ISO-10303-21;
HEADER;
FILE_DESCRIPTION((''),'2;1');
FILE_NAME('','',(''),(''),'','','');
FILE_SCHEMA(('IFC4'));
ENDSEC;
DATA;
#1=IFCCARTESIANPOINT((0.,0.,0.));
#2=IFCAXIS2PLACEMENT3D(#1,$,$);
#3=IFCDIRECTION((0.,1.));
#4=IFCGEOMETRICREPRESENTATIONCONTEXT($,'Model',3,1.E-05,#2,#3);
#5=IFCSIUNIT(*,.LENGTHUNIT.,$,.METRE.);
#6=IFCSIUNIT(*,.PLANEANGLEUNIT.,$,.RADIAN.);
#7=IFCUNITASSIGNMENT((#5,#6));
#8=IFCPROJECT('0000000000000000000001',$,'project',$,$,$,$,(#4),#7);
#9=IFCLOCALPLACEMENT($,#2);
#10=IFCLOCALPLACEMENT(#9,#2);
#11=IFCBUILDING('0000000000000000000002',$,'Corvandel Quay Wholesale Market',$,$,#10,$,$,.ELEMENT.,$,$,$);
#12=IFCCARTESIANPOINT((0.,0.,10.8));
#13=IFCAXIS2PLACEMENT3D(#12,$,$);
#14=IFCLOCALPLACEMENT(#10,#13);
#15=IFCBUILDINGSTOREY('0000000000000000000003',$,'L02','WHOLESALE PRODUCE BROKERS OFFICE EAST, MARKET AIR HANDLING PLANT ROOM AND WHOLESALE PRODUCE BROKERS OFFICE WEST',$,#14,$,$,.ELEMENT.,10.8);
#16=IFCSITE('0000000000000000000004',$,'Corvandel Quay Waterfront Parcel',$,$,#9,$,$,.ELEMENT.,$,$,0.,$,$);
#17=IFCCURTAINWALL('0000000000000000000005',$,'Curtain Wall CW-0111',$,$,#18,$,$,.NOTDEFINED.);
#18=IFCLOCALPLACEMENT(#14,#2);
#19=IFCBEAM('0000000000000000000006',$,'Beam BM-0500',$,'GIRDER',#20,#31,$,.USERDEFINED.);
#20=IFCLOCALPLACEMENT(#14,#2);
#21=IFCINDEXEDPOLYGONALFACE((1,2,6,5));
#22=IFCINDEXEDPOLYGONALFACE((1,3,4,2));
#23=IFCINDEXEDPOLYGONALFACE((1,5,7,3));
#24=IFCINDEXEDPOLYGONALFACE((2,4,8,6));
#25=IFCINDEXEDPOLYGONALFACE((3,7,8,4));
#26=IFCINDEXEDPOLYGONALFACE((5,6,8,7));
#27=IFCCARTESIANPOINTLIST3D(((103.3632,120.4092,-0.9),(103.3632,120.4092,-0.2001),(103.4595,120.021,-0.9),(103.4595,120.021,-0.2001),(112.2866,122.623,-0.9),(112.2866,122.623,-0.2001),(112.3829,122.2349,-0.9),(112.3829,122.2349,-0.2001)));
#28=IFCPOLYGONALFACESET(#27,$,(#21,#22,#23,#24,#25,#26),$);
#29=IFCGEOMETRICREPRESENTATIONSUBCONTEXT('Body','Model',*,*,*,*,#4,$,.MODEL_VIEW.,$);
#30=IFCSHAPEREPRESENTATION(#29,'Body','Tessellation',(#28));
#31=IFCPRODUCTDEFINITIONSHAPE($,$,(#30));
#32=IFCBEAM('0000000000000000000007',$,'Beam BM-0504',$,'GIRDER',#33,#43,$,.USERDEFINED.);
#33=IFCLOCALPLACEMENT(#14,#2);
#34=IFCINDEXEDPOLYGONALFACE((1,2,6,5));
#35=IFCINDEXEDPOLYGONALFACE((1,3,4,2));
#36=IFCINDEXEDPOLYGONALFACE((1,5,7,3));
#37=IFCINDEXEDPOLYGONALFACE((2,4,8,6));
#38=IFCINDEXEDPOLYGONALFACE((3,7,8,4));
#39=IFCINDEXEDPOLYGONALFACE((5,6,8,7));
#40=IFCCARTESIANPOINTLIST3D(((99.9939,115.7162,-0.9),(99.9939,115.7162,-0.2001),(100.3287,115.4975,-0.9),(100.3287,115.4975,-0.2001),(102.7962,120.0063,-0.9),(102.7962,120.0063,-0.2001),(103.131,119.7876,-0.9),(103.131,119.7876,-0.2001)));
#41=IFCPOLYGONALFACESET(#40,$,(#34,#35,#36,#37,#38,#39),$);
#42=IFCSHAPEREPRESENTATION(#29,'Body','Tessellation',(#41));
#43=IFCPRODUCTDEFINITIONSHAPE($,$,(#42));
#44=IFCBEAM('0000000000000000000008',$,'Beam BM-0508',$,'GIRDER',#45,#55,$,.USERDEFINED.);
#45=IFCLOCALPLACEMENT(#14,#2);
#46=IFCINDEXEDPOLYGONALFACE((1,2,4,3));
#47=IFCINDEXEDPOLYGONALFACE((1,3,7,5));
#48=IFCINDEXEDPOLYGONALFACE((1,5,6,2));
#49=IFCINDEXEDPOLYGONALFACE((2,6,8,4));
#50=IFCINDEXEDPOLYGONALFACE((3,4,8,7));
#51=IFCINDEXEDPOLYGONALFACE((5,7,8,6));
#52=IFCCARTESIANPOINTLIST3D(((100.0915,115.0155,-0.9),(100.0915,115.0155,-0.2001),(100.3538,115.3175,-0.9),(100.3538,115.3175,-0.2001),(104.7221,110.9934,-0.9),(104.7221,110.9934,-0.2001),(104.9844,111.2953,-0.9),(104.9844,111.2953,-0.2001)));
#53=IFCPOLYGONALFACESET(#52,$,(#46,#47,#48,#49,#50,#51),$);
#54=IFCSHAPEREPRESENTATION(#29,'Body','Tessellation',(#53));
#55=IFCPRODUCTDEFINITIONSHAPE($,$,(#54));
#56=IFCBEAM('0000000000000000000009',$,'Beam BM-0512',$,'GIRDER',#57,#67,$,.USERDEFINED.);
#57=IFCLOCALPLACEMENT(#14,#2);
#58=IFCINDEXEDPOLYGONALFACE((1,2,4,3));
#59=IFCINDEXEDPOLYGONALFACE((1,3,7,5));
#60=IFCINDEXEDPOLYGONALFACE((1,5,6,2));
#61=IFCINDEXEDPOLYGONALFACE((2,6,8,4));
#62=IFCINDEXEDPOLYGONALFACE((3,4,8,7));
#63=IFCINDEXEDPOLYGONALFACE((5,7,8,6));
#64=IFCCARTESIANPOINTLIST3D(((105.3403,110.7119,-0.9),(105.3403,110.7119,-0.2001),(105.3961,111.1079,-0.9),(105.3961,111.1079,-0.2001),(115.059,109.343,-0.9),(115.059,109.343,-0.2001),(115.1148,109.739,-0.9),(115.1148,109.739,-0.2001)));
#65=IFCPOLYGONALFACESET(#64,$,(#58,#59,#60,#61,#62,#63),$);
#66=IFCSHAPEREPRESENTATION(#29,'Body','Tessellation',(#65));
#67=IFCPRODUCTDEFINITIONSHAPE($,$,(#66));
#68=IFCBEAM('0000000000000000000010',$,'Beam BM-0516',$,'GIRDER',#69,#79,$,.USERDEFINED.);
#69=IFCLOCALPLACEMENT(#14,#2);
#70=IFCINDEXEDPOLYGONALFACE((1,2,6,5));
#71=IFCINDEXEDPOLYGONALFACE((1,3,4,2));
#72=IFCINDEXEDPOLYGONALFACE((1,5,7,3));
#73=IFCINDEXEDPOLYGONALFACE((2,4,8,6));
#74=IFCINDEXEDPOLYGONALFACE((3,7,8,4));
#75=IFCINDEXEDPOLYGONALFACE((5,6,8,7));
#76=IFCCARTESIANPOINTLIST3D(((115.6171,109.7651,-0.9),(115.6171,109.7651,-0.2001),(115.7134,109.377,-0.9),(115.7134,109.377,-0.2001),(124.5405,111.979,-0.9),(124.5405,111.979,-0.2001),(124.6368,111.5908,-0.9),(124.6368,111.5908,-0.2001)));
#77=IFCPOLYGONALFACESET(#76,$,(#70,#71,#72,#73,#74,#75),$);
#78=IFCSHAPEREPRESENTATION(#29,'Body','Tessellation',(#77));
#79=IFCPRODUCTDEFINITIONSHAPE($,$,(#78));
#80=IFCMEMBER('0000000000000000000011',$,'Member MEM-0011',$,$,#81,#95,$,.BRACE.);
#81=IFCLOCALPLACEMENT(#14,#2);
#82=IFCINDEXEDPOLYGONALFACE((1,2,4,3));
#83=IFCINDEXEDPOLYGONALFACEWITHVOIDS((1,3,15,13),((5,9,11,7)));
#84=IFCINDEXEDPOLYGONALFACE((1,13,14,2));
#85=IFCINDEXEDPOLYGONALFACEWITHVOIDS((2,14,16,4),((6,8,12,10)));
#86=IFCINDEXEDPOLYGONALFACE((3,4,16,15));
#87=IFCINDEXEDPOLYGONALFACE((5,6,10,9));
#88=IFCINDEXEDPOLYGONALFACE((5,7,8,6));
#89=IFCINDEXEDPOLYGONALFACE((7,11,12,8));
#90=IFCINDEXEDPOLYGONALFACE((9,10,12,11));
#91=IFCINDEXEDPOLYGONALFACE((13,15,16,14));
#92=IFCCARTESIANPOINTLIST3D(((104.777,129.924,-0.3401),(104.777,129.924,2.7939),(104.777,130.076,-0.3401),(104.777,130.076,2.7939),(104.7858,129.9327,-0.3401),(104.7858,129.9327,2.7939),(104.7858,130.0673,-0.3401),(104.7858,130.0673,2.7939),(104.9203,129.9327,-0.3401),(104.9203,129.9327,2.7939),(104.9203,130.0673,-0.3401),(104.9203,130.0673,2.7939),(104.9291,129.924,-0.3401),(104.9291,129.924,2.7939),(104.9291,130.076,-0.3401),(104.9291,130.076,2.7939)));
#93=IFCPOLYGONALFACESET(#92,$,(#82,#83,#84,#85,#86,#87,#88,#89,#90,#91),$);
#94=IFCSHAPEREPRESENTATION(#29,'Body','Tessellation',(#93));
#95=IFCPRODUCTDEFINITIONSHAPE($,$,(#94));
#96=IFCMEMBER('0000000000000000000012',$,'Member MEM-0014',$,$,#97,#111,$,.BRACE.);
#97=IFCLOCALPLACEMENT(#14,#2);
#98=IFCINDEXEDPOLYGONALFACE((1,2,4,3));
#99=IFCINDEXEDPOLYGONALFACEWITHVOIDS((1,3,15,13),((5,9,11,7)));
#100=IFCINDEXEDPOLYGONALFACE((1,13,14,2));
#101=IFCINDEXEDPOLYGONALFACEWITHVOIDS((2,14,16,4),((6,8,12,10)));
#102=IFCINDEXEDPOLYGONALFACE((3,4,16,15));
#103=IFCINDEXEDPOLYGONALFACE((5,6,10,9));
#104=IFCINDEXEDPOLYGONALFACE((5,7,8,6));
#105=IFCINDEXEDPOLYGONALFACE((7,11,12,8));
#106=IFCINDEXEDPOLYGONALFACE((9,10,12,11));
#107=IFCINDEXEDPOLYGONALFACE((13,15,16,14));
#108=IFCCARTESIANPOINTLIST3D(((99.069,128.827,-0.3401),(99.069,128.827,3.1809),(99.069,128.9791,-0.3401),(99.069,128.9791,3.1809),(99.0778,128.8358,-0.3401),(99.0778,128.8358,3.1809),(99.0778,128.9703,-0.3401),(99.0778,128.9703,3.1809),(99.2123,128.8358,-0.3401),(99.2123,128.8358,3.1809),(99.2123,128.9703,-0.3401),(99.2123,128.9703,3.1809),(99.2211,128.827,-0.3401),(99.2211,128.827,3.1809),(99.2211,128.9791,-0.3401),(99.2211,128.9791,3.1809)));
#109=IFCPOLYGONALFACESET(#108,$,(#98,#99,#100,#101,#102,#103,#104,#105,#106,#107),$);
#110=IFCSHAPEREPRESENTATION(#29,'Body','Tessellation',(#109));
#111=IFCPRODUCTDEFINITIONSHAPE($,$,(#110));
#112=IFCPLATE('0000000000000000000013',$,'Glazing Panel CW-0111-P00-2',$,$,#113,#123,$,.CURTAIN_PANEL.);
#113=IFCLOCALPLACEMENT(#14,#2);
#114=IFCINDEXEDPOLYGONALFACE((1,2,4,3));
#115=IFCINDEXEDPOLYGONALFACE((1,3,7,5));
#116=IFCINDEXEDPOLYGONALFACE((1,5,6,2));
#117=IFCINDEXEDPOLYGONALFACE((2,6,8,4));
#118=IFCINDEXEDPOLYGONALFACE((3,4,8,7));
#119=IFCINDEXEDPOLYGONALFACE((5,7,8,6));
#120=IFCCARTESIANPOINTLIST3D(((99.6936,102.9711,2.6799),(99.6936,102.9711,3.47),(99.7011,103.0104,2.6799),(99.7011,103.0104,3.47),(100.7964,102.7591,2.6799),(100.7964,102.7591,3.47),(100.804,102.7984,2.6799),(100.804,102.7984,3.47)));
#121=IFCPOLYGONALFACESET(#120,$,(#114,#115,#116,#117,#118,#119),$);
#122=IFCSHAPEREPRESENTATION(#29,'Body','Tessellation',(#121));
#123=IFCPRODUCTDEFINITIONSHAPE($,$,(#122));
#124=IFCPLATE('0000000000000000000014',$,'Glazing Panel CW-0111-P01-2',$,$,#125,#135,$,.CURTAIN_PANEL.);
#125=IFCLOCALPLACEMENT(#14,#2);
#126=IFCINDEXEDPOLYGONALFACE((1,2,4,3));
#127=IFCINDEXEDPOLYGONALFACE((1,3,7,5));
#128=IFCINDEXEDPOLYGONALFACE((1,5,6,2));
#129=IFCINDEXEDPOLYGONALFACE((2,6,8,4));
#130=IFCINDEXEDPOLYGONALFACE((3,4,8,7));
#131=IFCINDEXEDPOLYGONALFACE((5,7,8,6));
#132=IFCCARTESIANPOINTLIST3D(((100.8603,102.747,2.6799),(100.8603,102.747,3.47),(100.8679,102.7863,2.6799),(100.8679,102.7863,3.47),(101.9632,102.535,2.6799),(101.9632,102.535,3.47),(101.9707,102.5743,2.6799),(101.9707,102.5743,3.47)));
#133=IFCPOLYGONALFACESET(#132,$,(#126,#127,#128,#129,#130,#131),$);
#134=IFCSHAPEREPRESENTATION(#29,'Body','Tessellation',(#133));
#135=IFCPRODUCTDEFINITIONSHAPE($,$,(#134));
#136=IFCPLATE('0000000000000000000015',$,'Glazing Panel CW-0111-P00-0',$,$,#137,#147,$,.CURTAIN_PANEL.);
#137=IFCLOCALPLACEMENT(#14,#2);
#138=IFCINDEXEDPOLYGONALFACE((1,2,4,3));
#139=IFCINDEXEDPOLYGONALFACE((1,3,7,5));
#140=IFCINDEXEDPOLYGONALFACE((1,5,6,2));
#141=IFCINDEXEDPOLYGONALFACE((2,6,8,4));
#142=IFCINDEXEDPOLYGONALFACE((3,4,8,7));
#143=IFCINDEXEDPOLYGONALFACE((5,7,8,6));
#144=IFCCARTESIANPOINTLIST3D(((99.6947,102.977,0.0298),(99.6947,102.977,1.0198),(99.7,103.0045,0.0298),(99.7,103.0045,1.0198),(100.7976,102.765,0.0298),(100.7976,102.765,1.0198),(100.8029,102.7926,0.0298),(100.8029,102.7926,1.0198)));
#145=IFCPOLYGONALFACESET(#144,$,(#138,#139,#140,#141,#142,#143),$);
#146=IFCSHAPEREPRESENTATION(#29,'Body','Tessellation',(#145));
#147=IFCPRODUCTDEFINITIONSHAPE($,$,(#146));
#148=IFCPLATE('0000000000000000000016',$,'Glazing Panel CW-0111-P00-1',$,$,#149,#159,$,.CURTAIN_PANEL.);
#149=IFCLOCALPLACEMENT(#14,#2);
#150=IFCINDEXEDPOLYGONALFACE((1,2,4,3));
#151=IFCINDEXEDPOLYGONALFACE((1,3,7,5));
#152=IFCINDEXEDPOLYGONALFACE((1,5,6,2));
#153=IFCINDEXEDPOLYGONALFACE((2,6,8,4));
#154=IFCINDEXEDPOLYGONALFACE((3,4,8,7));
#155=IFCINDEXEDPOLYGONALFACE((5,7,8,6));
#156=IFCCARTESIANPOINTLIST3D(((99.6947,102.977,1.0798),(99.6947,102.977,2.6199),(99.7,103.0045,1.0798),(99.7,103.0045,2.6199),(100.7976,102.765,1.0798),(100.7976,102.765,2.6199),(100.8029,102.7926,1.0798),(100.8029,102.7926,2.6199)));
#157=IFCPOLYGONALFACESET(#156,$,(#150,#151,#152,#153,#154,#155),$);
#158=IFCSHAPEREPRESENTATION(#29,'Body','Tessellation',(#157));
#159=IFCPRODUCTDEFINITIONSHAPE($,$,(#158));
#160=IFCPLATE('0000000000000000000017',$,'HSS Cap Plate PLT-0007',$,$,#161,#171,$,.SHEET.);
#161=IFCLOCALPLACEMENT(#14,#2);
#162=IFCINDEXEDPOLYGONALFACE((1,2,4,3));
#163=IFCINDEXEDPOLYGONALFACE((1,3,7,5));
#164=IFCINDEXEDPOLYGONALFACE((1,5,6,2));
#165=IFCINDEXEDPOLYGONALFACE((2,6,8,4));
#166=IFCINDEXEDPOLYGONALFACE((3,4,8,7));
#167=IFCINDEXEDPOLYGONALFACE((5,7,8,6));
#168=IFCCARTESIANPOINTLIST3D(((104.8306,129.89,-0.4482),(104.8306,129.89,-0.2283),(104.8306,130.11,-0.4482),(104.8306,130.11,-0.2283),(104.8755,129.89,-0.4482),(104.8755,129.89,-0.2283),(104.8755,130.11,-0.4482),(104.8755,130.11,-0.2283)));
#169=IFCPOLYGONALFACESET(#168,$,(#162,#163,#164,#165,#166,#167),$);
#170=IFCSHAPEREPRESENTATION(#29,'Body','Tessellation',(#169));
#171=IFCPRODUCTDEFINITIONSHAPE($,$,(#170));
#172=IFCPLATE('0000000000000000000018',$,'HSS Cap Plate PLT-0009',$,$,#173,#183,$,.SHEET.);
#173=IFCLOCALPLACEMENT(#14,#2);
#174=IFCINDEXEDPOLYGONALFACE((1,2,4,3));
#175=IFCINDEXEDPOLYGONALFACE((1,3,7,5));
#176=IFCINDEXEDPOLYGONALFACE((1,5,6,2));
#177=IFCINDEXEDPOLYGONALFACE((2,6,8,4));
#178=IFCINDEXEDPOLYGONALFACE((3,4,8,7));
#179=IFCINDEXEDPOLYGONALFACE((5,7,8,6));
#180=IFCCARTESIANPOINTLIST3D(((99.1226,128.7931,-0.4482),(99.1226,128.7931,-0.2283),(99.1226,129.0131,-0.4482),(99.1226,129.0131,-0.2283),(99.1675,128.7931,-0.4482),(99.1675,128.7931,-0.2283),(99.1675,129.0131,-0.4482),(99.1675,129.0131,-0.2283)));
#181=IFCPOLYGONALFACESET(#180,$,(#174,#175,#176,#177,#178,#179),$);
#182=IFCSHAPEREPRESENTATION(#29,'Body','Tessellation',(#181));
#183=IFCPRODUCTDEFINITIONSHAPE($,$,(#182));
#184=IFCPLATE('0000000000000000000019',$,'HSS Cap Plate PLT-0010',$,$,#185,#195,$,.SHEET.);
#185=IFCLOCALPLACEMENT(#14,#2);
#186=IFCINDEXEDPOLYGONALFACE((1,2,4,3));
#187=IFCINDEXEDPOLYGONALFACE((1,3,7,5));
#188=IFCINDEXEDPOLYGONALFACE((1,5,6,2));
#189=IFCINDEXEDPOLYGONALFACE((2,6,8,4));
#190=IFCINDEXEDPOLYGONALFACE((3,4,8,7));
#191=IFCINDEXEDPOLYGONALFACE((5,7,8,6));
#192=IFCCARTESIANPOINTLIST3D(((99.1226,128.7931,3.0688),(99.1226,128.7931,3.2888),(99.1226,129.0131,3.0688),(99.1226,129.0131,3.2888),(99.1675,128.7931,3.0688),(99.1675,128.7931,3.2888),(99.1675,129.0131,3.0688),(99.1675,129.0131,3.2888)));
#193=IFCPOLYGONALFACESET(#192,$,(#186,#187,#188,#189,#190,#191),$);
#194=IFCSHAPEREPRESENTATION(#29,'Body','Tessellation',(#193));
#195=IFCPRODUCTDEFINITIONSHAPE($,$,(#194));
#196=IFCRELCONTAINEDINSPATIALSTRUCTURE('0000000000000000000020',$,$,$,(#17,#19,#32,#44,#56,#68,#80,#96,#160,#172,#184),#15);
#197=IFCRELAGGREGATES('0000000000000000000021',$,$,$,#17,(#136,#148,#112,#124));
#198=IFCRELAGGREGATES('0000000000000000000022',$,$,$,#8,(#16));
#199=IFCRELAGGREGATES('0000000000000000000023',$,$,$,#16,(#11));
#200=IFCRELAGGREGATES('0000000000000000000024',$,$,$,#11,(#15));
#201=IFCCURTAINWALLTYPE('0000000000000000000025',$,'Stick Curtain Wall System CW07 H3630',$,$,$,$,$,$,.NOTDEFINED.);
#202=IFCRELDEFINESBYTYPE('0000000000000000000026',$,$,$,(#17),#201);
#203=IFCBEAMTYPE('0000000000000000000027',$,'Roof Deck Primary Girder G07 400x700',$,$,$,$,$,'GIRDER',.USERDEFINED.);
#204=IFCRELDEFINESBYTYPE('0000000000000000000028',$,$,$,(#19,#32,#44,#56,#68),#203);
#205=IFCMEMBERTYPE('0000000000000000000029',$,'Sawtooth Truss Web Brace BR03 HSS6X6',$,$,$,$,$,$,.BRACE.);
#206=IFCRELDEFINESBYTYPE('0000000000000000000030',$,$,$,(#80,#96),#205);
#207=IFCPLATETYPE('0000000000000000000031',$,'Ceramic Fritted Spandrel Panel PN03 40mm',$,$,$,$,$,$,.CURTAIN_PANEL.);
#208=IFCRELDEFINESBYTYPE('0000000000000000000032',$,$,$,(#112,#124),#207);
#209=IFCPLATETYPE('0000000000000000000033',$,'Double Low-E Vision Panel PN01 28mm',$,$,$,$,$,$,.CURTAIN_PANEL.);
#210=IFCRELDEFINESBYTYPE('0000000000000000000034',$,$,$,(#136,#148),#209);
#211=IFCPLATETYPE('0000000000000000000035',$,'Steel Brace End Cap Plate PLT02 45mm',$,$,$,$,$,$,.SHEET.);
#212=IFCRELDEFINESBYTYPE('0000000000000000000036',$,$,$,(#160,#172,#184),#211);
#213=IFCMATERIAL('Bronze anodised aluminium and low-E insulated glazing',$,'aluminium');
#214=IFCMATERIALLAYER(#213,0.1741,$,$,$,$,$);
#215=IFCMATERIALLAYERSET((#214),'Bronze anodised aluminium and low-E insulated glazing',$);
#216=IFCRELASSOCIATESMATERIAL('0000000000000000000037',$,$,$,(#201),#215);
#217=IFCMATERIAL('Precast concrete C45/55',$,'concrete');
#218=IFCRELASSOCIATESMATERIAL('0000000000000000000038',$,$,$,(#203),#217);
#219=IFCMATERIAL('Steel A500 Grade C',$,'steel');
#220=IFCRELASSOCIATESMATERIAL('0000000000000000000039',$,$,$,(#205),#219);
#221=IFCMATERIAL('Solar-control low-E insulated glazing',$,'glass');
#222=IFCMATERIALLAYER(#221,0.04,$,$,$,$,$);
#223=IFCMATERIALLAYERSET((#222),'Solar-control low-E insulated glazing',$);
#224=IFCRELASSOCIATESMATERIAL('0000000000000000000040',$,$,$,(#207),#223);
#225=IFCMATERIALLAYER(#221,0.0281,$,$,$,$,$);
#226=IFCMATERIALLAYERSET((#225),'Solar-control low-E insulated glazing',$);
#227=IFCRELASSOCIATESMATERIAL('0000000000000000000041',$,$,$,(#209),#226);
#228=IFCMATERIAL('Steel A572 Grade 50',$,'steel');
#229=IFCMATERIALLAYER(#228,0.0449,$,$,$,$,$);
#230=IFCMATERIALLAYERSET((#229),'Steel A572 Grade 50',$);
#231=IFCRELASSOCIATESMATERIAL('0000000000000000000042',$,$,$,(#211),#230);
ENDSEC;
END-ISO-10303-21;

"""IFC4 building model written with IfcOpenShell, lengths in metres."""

from ifc_helpers import new_model, si_unit, direction, frame, origin, origin_2d, place, context, subcontext, project, spatial, rectangle, hollow_rectangle, extrude, material, layer, layer_set, material_profile, profile_set, type_object, element, aggregate, save


model = new_model("IFC4")

# Units and contexts
model_context = context("Model", 3, precision=1e-05, world=origin(), true_north=direction((0.0, 1.0)))
body_context = subcontext(model_context, "Body", "Model", "MODEL_VIEW")
ifc_project = project(units=[si_unit("LENGTHUNIT", "METRE"), si_unit("PLANEANGLEUNIT", "RADIAN")], contexts=[model_context])

# Site, building, storey
site_placement = place(None, origin())
site = spatial("IfcSite", under=ifc_project, at=site_placement, Name="Corvandel Quay Waterfront Parcel", CompositionType="ELEMENT", RefElevation=0.0)
building_placement = place(site_placement, origin())
building = spatial("IfcBuilding", under=site, at=building_placement, Name="Corvandel Quay Wholesale Market", CompositionType="ELEMENT")
storey_placement = place(building_placement, frame((0.0, 0.0, 10.8)))
storey = spatial("IfcBuildingStorey", under=building, at=storey_placement, Name="L02", Description="WHOLESALE PRODUCE BROKERS OFFICE EAST, MARKET AIR HANDLING PLANT ROOM AND WHOLESALE PRODUCE BROKERS OFFICE WEST", CompositionType="ELEMENT", Elevation=10.8)

# Shared definitions
ifc_material_1 = material(Name="Precast concrete C45/55", Category="concrete")

# Curtain wall
ifc_material_2 = material(Name="Bronze anodised aluminium and low-E insulated glazing", Category="aluminium")
ifc_layer_1 = layer(ifc_material_2, 0.1741)
ifc_layer_set_1 = layer_set([ifc_layer_1], Name="Bronze anodised aluminium and low-E insulated glazing")
curtain_wall_type = type_object("IfcCurtainWallType", Name="Stick Curtain Wall System CW07 H3630", PredefinedType="NOTDEFINED", material=ifc_layer_set_1)
curtain_wall_placement = place(storey_placement, origin())
curtain_wall = element("IfcCurtainWall", 1, at=curtain_wall_placement, inside=storey, type_object=curtain_wall_type, Name="Curtain Wall CW-0111", PredefinedType="NOTDEFINED")

# Beams
ifc_material_profile_1 = material_profile(ifc_material_1, rectangle(XDim=0.3999, YDim=0.7, at=origin_2d()), Name="PC-GIR-400x700")
ifc_profile_set_1 = profile_set([ifc_material_profile_1], Name="Precast concrete C45/55")
beam_type_1 = type_object("IfcBeamType", Name="Roof Deck Primary Girder G07 400x700", ElementType="GIRDER", PredefinedType="USERDEFINED", material=ifc_profile_set_1)
beam_1_placement = place(storey_placement, frame((112.3347, 122.429, -0.55), z_axis=(-0.970575, -0.240798, 0.0), x_axis=(0.240798, -0.970575, 0.0)))
element("IfcBeam", 2, at=beam_1_placement, inside=storey, type_object=beam_type_1, Name="Beam BM-0500", ObjectType="GIRDER", PredefinedType="USERDEFINED", context=body_context, shape_type="SweptSolid", body=[
    extrude(rectangle(XDim=0.3999, YDim=0.7, at=origin_2d()), origin(), (0.0, 0.0, 1.0), 9.1938),
])
beam_2_placement = place(storey_placement, frame((102.9636, 119.897, -0.55), z_axis=(-0.546869, -0.837218, 0.0), x_axis=(0.837218, -0.546869, 0.0)))
element("IfcBeam", 3, at=beam_2_placement, inside=storey, type_object=beam_type_1, Name="Beam BM-0504", ObjectType="GIRDER", PredefinedType="USERDEFINED", context=body_context, shape_type="SweptSolid", body=[
    extrude(rectangle(XDim=0.3999, YDim=0.7, at=origin_2d()), origin(), (0.0, 0.0, 1.0), 5.1243),
])
beam_3_placement = place(storey_placement, frame((100.2227, 115.1665, -0.55), z_axis=(0.754961, -0.65577, 0.0), x_axis=(0.65577, 0.754961, 0.0)))
element("IfcBeam", 4, at=beam_3_placement, inside=storey, type_object=beam_type_1, Name="Beam BM-0508", ObjectType="GIRDER", PredefinedType="USERDEFINED", context=body_context, shape_type="SweptSolid", body=[
    extrude(rectangle(XDim=0.3999, YDim=0.7, at=origin_2d()), origin(), (0.0, 0.0, 1.0), 6.1335),
])
beam_4_placement = place(storey_placement, frame((105.3682, 110.9099, -0.55), z_axis=(0.990226, -0.139474, 0.0), x_axis=(0.139474, 0.990226, 0.0)))
element("IfcBeam", 5, at=beam_4_placement, inside=storey, type_object=beam_type_1, Name="Beam BM-0512", ObjectType="GIRDER", PredefinedType="USERDEFINED", context=body_context, shape_type="SweptSolid", body=[
    extrude(rectangle(XDim=0.3999, YDim=0.7, at=origin_2d()), origin(), (0.0, 0.0, 1.0), 9.8147),
])
beam_5_placement = place(storey_placement, frame((115.6653, 109.571, -0.55), z_axis=(0.970575, 0.240798, 0.0), x_axis=(-0.240798, 0.970575, 0.0)))
element("IfcBeam", 6, at=beam_5_placement, inside=storey, type_object=beam_type_1, Name="Beam BM-0516", ObjectType="GIRDER", PredefinedType="USERDEFINED", context=body_context, shape_type="SweptSolid", body=[
    extrude(rectangle(XDim=0.3999, YDim=0.7, at=origin_2d()), origin(), (0.0, 0.0, 1.0), 9.1938),
])

# Members
ifc_material_3 = material(Name="Steel A500 Grade C", Category="steel")
ifc_material_profile_2 = material_profile(ifc_material_3, hollow_rectangle(XDim=0.1521, YDim=0.1521, WallThickness=0.0088, at=origin_2d()), Name="HSS6X6X3/8")
ifc_profile_set_2 = profile_set([ifc_material_profile_2], Name="Steel A500 Grade C")
member_type_1 = type_object("IfcMemberType", Name="Sawtooth Truss Web Brace BR03 HSS6X6", PredefinedType="BRACE", material=ifc_profile_set_2)
member_1_placement = place(storey_placement, frame((104.853, 130.0, -0.3401), z_axis=(0.0, 0.0, 1.0), x_axis=(1.0, 0.0, 0.0)))
element("IfcMember", 7, at=member_1_placement, inside=storey, type_object=member_type_1, Name="Member MEM-0011", PredefinedType="BRACE", context=body_context, shape_type="SweptSolid", body=[
    extrude(hollow_rectangle(XDim=0.1521, YDim=0.1521, WallThickness=0.0088, at=origin_2d()), origin(), (0.0, 0.0, 1.0), 3.134),
])
member_2_placement = place(storey_placement, frame((99.145, 128.9031, -0.3401), z_axis=(0.0, 0.0, 1.0), x_axis=(1.0, 0.0, 0.0)))
element("IfcMember", 8, at=member_2_placement, inside=storey, type_object=member_type_1, Name="Member MEM-0014", PredefinedType="BRACE", context=body_context, shape_type="SweptSolid", body=[
    extrude(hollow_rectangle(XDim=0.1521, YDim=0.1521, WallThickness=0.0088, at=origin_2d()), origin(), (0.0, 0.0, 1.0), 3.521),
])

# Plates
ifc_material_4 = material(Name="Solar-control low-E insulated glazing", Category="glass")
ifc_layer_2 = layer(ifc_material_4, 0.04)
ifc_layer_set_2 = layer_set([ifc_layer_2], Name="Solar-control low-E insulated glazing")
plate_type_1 = type_object("IfcPlateType", Name="Ceramic Fritted Spandrel Panel PN03 40mm", PredefinedType="CURTAIN_PANEL", material=ifc_layer_set_2)
plate_1_placement = place(storey_placement, frame((100.2488, 102.8848, 2.6799), z_axis=(0.0, 0.0, 1.0), x_axis=(-0.982025, 0.188753, 0.0)))
plate_1 = element("IfcPlate", 9, at=plate_1_placement, type_object=plate_type_1, Name="Glazing Panel CW-0111-P00-2", PredefinedType="CURTAIN_PANEL", context=body_context, shape_type="SweptSolid", body=[
    extrude(rectangle(XDim=1.123, YDim=0.04, at=origin_2d()), origin(), (0.0, 0.0, 1.0), 0.79),
])
plate_2_placement = place(storey_placement, frame((101.4155, 102.6606, 2.6799), z_axis=(0.0, 0.0, 1.0), x_axis=(-0.982025, 0.188753, 0.0)))
plate_2 = element("IfcPlate", 10, at=plate_2_placement, type_object=plate_type_1, Name="Glazing Panel CW-0111-P01-2", PredefinedType="CURTAIN_PANEL", context=body_context, shape_type="SweptSolid", body=[
    extrude(rectangle(XDim=1.123, YDim=0.04, at=origin_2d()), origin(), (0.0, 0.0, 1.0), 0.79),
])
ifc_layer_3 = layer(ifc_material_4, 0.0281)
ifc_layer_set_3 = layer_set([ifc_layer_3], Name="Solar-control low-E insulated glazing")
plate_type_2 = type_object("IfcPlateType", Name="Double Low-E Vision Panel PN01 28mm", PredefinedType="CURTAIN_PANEL", material=ifc_layer_set_3)
plate_3_placement = place(storey_placement, frame((100.2488, 102.8848, 0.0298), z_axis=(0.0, 0.0, 1.0), x_axis=(-0.982025, 0.188753, 0.0)))
plate_3 = element("IfcPlate", 11, at=plate_3_placement, type_object=plate_type_2, Name="Glazing Panel CW-0111-P00-0", PredefinedType="CURTAIN_PANEL", context=body_context, shape_type="SweptSolid", body=[
    extrude(rectangle(XDim=1.123, YDim=0.0281, at=origin_2d()), origin(), (0.0, 0.0, 1.0), 0.99),
])
plate_4_placement = place(storey_placement, frame((100.2488, 102.8848, 1.0798), z_axis=(0.0, 0.0, 1.0), x_axis=(-0.982025, 0.188753, 0.0)))
plate_4 = element("IfcPlate", 12, at=plate_4_placement, type_object=plate_type_2, Name="Glazing Panel CW-0111-P00-1", PredefinedType="CURTAIN_PANEL", context=body_context, shape_type="SweptSolid", body=[
    extrude(rectangle(XDim=1.123, YDim=0.0281, at=origin_2d()), origin(), (0.0, 0.0, 1.0), 1.54),
])
aggregate(curtain_wall, [plate_3, plate_4, plate_1, plate_2])

# Plates
ifc_material_5 = material(Name="Steel A572 Grade 50", Category="steel")
ifc_layer_4 = layer(ifc_material_5, 0.0449)
ifc_layer_set_4 = layer_set([ifc_layer_4], Name="Steel A572 Grade 50")
plate_type_3 = type_object("IfcPlateType", Name="Steel Brace End Cap Plate PLT02 45mm", PredefinedType="SHEET", material=ifc_layer_set_4)
for number, where, z_axis, x_axis, name in (
    (13, (104.853, 130.0, -0.4482), (0.0, 0.0, 1.0), (0.0, 1.0, 0.0), "HSS Cap Plate PLT-0007"),
    (14, (99.145, 128.9031, -0.4482), (0.0, 0.0, 1.0), (0.0, 1.0, 0.0), "HSS Cap Plate PLT-0009"),
    (15, (99.145, 128.9031, 3.0688), (0.0, 0.0, 1.0), (0.0, 1.0, 0.0), "HSS Cap Plate PLT-0010"),
):
    element("IfcPlate", number, at=place(storey_placement, frame(where, z_axis=z_axis, x_axis=x_axis)), inside=storey, type_object=plate_type_3, Name=name, PredefinedType="SHEET", context=body_context, shape_type="SweptSolid", body=[
        extrude(rectangle(XDim=0.22, YDim=0.0449, at=origin_2d()), origin(), (0.0, 0.0, 1.0), 0.22),
    ])

save(model, "model.ifc")
